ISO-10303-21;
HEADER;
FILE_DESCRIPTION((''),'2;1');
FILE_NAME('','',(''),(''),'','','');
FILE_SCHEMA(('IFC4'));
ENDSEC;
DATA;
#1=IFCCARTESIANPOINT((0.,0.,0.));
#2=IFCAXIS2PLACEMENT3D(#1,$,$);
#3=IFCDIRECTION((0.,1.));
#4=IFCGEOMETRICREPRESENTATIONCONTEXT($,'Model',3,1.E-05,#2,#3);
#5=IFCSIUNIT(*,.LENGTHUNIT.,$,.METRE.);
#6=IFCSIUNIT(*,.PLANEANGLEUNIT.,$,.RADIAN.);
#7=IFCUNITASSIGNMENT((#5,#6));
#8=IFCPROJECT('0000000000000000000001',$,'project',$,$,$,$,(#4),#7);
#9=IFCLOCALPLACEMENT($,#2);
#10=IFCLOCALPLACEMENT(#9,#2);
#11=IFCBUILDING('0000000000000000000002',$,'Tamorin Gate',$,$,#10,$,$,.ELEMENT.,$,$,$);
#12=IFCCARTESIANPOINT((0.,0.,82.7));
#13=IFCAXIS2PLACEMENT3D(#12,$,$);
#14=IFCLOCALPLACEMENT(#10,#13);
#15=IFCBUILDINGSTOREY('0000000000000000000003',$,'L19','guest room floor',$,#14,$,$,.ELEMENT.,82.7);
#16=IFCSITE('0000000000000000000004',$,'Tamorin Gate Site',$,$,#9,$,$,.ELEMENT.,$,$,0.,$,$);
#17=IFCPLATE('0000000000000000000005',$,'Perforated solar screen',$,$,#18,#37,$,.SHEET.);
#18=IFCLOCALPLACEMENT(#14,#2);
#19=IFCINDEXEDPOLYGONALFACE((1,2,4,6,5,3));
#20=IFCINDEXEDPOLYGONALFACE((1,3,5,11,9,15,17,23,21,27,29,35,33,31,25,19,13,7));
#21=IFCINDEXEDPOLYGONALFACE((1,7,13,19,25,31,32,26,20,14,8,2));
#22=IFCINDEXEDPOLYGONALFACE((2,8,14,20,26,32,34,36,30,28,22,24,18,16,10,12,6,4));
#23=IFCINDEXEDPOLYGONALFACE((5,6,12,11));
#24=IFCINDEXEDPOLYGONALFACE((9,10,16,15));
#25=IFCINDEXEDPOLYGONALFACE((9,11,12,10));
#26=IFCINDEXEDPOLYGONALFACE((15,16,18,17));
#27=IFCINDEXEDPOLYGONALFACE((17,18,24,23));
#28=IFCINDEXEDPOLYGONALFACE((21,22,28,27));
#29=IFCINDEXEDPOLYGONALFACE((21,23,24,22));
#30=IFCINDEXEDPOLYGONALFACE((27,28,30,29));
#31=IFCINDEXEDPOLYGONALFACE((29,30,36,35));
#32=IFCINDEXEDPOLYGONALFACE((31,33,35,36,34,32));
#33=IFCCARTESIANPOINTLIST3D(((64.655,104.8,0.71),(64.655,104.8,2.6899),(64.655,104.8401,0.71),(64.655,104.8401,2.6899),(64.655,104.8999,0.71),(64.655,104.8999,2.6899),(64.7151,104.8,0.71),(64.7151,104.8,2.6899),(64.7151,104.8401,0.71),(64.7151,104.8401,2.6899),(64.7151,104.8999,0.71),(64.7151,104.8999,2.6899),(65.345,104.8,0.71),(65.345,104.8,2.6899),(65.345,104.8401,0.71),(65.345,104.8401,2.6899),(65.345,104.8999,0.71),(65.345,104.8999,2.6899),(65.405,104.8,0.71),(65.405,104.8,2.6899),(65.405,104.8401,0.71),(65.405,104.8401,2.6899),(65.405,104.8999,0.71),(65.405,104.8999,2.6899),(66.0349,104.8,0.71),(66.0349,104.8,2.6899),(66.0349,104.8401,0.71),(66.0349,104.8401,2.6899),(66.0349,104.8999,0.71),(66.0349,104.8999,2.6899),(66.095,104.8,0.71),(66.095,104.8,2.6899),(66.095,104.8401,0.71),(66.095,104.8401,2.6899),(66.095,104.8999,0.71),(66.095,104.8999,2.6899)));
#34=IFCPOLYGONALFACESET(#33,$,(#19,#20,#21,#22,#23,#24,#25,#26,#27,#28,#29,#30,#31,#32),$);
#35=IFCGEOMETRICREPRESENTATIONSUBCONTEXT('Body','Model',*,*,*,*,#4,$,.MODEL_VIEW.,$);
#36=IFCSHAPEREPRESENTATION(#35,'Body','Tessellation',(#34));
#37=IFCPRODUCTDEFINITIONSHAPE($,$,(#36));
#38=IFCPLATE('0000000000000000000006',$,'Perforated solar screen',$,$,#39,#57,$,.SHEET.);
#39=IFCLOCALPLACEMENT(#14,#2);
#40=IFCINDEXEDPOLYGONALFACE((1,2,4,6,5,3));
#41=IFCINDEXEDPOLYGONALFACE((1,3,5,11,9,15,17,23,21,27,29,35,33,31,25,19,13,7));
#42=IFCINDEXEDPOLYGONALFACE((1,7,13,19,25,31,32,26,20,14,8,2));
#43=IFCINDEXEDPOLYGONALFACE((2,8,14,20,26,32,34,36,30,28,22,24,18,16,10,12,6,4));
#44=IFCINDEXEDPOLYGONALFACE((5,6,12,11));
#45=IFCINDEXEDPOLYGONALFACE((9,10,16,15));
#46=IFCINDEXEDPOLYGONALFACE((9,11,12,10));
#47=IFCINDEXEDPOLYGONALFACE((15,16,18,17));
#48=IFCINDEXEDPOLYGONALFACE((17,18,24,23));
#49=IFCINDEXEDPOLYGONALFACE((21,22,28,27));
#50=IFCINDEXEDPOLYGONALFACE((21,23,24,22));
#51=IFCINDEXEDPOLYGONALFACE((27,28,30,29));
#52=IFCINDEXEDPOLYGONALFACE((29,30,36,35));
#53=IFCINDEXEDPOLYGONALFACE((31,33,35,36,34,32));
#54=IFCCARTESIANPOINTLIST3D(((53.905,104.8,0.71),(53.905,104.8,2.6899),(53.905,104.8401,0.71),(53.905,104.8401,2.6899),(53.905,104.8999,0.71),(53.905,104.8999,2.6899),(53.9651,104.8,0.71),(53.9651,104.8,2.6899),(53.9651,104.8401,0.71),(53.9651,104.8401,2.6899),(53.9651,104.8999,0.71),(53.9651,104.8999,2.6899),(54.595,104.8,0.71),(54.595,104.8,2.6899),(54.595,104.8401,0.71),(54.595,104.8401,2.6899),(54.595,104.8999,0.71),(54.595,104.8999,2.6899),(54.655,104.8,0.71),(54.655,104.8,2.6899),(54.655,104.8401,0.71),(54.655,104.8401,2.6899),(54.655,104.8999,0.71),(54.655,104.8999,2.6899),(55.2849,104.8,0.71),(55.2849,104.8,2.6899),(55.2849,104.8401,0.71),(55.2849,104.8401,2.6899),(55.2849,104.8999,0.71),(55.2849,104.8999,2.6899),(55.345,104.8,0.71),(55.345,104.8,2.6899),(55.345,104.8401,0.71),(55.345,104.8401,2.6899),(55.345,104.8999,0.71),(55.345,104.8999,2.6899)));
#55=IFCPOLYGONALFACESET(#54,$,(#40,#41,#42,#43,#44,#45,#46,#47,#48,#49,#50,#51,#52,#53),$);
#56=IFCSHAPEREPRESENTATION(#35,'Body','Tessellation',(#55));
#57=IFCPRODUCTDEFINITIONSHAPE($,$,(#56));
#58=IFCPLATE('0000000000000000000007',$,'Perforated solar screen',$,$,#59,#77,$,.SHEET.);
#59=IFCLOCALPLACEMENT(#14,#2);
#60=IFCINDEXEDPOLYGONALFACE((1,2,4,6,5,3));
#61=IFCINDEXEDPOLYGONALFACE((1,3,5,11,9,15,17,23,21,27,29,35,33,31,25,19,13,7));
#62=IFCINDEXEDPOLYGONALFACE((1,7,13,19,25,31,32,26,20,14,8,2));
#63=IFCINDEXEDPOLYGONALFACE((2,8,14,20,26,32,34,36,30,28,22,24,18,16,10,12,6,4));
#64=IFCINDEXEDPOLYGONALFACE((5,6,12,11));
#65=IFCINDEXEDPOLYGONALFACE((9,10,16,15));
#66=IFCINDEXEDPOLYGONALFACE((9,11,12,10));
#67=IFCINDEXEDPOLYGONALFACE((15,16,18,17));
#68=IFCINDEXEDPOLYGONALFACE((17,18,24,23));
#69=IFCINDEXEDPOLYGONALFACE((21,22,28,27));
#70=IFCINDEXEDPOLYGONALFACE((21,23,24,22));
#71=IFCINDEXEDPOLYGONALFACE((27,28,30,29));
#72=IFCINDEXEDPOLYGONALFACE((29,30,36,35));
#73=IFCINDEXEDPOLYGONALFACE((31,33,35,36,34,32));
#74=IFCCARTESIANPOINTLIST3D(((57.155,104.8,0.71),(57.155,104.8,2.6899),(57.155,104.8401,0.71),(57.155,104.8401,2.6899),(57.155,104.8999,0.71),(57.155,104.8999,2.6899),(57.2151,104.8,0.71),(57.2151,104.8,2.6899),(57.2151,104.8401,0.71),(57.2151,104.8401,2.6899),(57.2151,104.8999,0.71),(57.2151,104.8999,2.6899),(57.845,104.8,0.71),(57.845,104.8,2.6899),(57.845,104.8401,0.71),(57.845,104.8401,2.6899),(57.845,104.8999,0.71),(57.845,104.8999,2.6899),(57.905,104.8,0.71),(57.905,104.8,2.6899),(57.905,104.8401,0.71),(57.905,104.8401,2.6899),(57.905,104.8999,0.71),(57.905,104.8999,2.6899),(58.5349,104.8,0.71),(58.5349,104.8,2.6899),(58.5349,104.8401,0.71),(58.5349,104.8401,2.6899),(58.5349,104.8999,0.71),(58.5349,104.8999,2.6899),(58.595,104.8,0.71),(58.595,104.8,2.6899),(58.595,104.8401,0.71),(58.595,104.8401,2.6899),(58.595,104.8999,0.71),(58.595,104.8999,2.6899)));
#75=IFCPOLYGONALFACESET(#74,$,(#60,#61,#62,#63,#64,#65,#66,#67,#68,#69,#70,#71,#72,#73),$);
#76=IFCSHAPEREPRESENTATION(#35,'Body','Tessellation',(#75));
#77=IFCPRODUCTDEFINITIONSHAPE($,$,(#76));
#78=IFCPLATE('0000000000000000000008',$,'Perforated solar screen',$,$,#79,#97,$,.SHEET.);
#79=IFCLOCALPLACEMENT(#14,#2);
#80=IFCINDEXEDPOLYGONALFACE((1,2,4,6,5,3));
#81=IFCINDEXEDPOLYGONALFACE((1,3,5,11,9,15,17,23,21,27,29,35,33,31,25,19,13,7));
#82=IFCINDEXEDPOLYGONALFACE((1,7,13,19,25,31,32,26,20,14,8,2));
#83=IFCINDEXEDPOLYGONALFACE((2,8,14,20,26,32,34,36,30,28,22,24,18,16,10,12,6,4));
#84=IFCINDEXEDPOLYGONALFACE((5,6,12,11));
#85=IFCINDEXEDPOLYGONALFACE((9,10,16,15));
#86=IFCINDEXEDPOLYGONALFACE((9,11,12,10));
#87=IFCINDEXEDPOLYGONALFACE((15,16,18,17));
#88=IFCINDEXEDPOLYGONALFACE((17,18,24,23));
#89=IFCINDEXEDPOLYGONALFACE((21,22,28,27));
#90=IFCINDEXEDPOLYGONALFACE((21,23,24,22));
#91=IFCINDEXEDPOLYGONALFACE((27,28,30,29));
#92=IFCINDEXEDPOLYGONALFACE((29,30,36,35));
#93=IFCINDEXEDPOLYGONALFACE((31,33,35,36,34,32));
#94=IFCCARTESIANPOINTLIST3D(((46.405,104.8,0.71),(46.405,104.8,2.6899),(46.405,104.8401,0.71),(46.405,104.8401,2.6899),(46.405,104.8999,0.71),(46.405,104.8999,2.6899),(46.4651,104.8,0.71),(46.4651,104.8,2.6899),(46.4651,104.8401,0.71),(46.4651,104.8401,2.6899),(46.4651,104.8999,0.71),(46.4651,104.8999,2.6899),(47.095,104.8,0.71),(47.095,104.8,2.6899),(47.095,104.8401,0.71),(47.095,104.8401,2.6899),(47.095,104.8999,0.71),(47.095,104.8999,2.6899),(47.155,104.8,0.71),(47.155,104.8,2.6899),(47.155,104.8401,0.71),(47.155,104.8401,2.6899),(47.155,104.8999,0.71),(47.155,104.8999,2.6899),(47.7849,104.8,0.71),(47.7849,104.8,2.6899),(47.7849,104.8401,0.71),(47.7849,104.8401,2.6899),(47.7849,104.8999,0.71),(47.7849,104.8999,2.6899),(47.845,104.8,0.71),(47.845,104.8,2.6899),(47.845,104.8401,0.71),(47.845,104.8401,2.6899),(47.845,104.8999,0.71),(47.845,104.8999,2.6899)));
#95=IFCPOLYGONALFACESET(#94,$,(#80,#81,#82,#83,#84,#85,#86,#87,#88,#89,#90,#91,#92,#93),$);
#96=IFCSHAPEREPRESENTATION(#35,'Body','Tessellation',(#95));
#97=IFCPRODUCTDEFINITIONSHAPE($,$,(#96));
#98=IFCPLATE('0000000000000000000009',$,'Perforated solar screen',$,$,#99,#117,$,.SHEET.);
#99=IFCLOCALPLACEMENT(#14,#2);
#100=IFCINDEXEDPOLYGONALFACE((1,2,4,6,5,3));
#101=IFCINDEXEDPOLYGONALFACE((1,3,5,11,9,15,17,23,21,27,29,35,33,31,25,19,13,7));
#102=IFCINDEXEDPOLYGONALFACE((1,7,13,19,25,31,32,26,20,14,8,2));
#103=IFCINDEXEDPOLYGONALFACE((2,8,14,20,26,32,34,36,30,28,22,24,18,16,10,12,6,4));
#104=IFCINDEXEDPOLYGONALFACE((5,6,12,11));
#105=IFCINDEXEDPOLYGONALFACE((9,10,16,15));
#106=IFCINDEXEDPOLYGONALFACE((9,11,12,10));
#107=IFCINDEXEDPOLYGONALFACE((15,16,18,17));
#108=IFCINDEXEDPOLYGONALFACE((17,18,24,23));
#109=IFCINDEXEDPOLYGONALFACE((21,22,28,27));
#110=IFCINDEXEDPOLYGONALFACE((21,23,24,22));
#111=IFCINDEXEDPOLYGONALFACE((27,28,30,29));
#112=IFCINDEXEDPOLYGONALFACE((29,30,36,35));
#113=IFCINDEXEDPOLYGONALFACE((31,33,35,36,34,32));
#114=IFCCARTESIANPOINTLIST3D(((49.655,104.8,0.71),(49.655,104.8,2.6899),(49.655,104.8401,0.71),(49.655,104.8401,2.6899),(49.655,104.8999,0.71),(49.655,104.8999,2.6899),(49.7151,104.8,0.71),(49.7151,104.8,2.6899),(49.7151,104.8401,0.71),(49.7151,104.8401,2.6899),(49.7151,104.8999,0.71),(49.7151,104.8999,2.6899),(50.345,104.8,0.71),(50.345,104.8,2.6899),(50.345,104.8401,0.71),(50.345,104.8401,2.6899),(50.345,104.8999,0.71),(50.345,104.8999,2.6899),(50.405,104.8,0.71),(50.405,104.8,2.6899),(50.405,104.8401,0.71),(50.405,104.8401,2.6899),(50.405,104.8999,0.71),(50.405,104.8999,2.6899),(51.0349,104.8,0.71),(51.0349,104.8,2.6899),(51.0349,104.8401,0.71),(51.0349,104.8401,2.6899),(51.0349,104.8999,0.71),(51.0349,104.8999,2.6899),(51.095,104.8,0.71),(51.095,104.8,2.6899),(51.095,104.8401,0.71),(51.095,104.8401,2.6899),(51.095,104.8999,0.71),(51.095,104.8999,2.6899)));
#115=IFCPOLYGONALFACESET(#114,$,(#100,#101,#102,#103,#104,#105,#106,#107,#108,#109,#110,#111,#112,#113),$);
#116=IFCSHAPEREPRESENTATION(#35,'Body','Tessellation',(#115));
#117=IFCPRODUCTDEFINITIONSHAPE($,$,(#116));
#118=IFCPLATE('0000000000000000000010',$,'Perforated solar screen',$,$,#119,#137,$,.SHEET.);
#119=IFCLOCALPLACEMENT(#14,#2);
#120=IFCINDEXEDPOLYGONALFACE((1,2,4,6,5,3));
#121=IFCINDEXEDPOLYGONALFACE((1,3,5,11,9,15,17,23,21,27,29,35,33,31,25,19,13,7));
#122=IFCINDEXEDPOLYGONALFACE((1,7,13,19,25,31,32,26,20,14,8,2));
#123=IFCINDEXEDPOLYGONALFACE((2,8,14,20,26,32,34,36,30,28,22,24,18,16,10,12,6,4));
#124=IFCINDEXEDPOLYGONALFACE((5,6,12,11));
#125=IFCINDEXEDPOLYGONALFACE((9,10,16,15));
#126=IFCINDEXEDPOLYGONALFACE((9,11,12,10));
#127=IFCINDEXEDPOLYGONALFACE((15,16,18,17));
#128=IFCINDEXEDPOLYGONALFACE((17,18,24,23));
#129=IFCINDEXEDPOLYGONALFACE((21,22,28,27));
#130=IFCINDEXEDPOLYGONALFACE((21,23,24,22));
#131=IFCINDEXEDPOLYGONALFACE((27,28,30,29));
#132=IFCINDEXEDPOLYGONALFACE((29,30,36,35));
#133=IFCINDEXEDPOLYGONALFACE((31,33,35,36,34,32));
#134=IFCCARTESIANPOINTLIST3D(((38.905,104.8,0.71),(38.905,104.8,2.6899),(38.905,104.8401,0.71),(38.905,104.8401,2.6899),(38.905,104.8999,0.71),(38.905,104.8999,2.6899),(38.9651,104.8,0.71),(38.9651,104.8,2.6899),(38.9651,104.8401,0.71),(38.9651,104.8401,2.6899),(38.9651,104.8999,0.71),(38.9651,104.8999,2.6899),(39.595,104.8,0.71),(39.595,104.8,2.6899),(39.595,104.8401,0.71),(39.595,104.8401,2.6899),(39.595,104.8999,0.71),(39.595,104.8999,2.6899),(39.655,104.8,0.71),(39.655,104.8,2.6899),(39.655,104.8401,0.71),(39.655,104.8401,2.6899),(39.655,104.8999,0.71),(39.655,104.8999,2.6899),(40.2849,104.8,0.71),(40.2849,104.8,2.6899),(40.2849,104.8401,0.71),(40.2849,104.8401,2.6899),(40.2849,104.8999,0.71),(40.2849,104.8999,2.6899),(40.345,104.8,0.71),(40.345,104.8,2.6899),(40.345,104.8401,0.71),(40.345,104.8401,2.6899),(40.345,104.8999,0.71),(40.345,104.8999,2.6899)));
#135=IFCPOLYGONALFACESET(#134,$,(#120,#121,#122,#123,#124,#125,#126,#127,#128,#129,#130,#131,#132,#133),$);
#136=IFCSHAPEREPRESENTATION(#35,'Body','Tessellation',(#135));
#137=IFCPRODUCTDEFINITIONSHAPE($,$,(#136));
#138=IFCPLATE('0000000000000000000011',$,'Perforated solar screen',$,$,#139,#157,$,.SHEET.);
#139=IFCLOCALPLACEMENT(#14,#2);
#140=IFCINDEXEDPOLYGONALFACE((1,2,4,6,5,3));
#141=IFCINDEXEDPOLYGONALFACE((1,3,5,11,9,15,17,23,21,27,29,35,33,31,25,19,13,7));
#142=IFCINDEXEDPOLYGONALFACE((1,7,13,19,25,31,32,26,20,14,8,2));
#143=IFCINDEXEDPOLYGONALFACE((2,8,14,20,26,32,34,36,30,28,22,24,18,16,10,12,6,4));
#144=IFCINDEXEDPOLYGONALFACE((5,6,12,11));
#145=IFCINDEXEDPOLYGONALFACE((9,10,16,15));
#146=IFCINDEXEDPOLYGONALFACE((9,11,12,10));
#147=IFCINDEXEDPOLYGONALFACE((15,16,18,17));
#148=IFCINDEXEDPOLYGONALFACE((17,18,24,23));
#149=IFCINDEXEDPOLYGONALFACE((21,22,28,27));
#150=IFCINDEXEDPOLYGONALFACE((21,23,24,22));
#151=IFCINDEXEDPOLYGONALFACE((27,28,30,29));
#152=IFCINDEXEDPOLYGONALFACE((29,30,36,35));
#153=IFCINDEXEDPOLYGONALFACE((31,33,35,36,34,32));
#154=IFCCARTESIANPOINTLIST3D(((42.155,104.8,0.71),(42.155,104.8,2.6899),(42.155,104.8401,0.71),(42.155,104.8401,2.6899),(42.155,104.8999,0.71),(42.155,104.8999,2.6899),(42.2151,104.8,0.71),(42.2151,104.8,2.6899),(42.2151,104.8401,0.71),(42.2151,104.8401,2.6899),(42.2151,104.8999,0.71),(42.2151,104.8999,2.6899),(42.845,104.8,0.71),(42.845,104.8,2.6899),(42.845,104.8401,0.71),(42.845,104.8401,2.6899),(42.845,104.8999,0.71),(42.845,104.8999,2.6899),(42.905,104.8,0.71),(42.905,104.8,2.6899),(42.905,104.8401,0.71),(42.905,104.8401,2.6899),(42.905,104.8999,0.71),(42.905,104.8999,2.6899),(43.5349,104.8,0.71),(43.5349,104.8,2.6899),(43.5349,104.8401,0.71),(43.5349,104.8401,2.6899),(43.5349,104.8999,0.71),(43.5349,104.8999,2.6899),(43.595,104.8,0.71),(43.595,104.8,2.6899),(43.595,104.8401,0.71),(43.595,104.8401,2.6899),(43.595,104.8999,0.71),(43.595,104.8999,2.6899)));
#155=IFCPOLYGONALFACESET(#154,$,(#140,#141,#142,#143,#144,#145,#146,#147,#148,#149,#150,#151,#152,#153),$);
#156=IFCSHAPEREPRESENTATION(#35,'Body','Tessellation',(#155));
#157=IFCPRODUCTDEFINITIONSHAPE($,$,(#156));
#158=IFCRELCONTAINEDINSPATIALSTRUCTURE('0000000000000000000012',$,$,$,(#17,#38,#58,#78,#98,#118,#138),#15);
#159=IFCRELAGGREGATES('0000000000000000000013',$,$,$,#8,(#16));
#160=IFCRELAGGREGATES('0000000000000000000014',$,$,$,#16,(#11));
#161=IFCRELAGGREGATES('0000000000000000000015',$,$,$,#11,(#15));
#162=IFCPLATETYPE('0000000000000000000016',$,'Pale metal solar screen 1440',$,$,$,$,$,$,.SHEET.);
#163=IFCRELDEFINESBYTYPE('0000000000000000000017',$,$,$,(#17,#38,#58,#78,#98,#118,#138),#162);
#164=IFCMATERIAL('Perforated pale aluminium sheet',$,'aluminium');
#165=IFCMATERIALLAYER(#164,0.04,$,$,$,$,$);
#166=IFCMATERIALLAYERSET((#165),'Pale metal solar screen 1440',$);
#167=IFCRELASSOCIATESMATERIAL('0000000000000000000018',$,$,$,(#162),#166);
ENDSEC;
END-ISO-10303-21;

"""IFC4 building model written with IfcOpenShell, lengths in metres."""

from ifc_helpers import new_model, si_unit, direction, frame, origin, place, context, subcontext, project, spatial, polyline, outline, extrude, material, layer, layer_set, type_object, element, save


model = new_model("IFC4")

# Units and contexts
model_context = context("Model", 3, precision=1e-05, world=origin(), true_north=direction((0.0, 1.0)))
body_context = subcontext(model_context, "Body", "Model", "MODEL_VIEW")
ifc_project = project(units=[si_unit("LENGTHUNIT", "METRE"), si_unit("PLANEANGLEUNIT", "RADIAN")], contexts=[model_context])

# Site, building, storey
site_placement = place(None, origin())
site = spatial("IfcSite", under=ifc_project, at=site_placement, Name="Tamorin Gate Site", CompositionType="ELEMENT", RefElevation=0.0)
building_placement = place(site_placement, origin())
building = spatial("IfcBuilding", under=site, at=building_placement, Name="Tamorin Gate", CompositionType="ELEMENT")
storey_placement = place(building_placement, frame((0.0, 0.0, 82.7)))
storey = spatial("IfcBuildingStorey", under=building, at=storey_placement, Name="L19", Description="guest room floor", CompositionType="ELEMENT", Elevation=82.7)

# Plates
ifc_material = material(Name="Perforated pale aluminium sheet", Category="aluminium")
ifc_layer = layer(ifc_material, 0.04)
ifc_layer_set = layer_set([ifc_layer], Name="Pale metal solar screen 1440")
plate_type = type_object("IfcPlateType", Name="Pale metal solar screen 1440", PredefinedType="SHEET", material=ifc_layer_set)
plate_1_placement = place(storey_placement, frame((0.0, 0.0, 0.71)))
element("IfcPlate", 1, at=plate_1_placement, inside=storey, type_object=plate_type, Name="Perforated solar screen", PredefinedType="SHEET", context=body_context, shape_type="SweptSolid", body=[
    extrude(outline(polyline([(66.095, 104.8401), (66.095, 104.8), (66.0349, 104.8), (65.405, 104.8), (65.345, 104.8), (64.7151, 104.8), (64.655, 104.8), (64.655, 104.8401), (64.655, 104.8999), (64.7151, 104.8999), (64.7151, 104.8401), (65.345, 104.8401), (65.345, 104.8999), (65.405, 104.8999), (65.405, 104.8401), (66.0349, 104.8401), (66.0349, 104.8999), (66.095, 104.8999), (66.095, 104.8401)])), origin(), (0.0, 0.0, 1.0), 1.98),
])
plate_2_placement = place(storey_placement, frame((0.0, 0.0, 0.71)))
element("IfcPlate", 2, at=plate_2_placement, inside=storey, type_object=plate_type, Name="Perforated solar screen", PredefinedType="SHEET", context=body_context, shape_type="SweptSolid", body=[
    extrude(outline(polyline([(55.345, 104.8401), (55.345, 104.8), (55.2849, 104.8), (54.655, 104.8), (54.595, 104.8), (53.9651, 104.8), (53.905, 104.8), (53.905, 104.8401), (53.905, 104.8999), (53.9651, 104.8999), (53.9651, 104.8401), (54.595, 104.8401), (54.595, 104.8999), (54.655, 104.8999), (54.655, 104.8401), (55.2849, 104.8401), (55.2849, 104.8999), (55.345, 104.8999), (55.345, 104.8401)])), origin(), (0.0, 0.0, 1.0), 1.98),
])
plate_3_placement = place(storey_placement, frame((0.0, 0.0, 0.71)))
element("IfcPlate", 3, at=plate_3_placement, inside=storey, type_object=plate_type, Name="Perforated solar screen", PredefinedType="SHEET", context=body_context, shape_type="SweptSolid", body=[
    extrude(outline(polyline([(58.595, 104.8401), (58.595, 104.8), (58.5349, 104.8), (57.905, 104.8), (57.845, 104.8), (57.2151, 104.8), (57.155, 104.8), (57.155, 104.8401), (57.155, 104.8999), (57.2151, 104.8999), (57.2151, 104.8401), (57.845, 104.8401), (57.845, 104.8999), (57.905, 104.8999), (57.905, 104.8401), (58.5349, 104.8401), (58.5349, 104.8999), (58.595, 104.8999), (58.595, 104.8401)])), origin(), (0.0, 0.0, 1.0), 1.98),
])
plate_4_placement = place(storey_placement, frame((0.0, 0.0, 0.71)))
element("IfcPlate", 4, at=plate_4_placement, inside=storey, type_object=plate_type, Name="Perforated solar screen", PredefinedType="SHEET", context=body_context, shape_type="SweptSolid", body=[
    extrude(outline(polyline([(47.845, 104.8401), (47.845, 104.8), (47.7849, 104.8), (47.155, 104.8), (47.095, 104.8), (46.4651, 104.8), (46.405, 104.8), (46.405, 104.8401), (46.405, 104.8999), (46.4651, 104.8999), (46.4651, 104.8401), (47.095, 104.8401), (47.095, 104.8999), (47.155, 104.8999), (47.155, 104.8401), (47.7849, 104.8401), (47.7849, 104.8999), (47.845, 104.8999), (47.845, 104.8401)])), origin(), (0.0, 0.0, 1.0), 1.98),
])
plate_5_placement = place(storey_placement, frame((0.0, 0.0, 0.71)))
element("IfcPlate", 5, at=plate_5_placement, inside=storey, type_object=plate_type, Name="Perforated solar screen", PredefinedType="SHEET", context=body_context, shape_type="SweptSolid", body=[
    extrude(outline(polyline([(51.095, 104.8401), (51.095, 104.8), (51.0349, 104.8), (50.405, 104.8), (50.345, 104.8), (49.7151, 104.8), (49.655, 104.8), (49.655, 104.8401), (49.655, 104.8999), (49.7151, 104.8999), (49.7151, 104.8401), (50.345, 104.8401), (50.345, 104.8999), (50.405, 104.8999), (50.405, 104.8401), (51.0349, 104.8401), (51.0349, 104.8999), (51.095, 104.8999), (51.095, 104.8401)])), origin(), (0.0, 0.0, 1.0), 1.98),
])
plate_6_placement = place(storey_placement, frame((0.0, 0.0, 0.71)))
element("IfcPlate", 6, at=plate_6_placement, inside=storey, type_object=plate_type, Name="Perforated solar screen", PredefinedType="SHEET", context=body_context, shape_type="SweptSolid", body=[
    extrude(outline(polyline([(40.345, 104.8401), (40.345, 104.8), (40.2849, 104.8), (39.655, 104.8), (39.595, 104.8), (38.9651, 104.8), (38.905, 104.8), (38.905, 104.8401), (38.905, 104.8999), (38.9651, 104.8999), (38.9651, 104.8401), (39.595, 104.8401), (39.595, 104.8999), (39.655, 104.8999), (39.655, 104.8401), (40.2849, 104.8401), (40.2849, 104.8999), (40.345, 104.8999), (40.345, 104.8401)])), origin(), (0.0, 0.0, 1.0), 1.98),
])
plate_7_placement = place(storey_placement, frame((0.0, 0.0, 0.71)))
element("IfcPlate", 7, at=plate_7_placement, inside=storey, type_object=plate_type, Name="Perforated solar screen", PredefinedType="SHEET", context=body_context, shape_type="SweptSolid", body=[
    extrude(outline(polyline([(43.595, 104.8401), (43.595, 104.8), (43.5349, 104.8), (42.905, 104.8), (42.845, 104.8), (42.2151, 104.8), (42.155, 104.8), (42.155, 104.8401), (42.155, 104.8999), (42.2151, 104.8999), (42.2151, 104.8401), (42.845, 104.8401), (42.845, 104.8999), (42.905, 104.8999), (42.905, 104.8401), (43.5349, 104.8401), (43.5349, 104.8999), (43.595, 104.8999), (43.595, 104.8401)])), origin(), (0.0, 0.0, 1.0), 1.98),
])

save(model, "model.ifc")
